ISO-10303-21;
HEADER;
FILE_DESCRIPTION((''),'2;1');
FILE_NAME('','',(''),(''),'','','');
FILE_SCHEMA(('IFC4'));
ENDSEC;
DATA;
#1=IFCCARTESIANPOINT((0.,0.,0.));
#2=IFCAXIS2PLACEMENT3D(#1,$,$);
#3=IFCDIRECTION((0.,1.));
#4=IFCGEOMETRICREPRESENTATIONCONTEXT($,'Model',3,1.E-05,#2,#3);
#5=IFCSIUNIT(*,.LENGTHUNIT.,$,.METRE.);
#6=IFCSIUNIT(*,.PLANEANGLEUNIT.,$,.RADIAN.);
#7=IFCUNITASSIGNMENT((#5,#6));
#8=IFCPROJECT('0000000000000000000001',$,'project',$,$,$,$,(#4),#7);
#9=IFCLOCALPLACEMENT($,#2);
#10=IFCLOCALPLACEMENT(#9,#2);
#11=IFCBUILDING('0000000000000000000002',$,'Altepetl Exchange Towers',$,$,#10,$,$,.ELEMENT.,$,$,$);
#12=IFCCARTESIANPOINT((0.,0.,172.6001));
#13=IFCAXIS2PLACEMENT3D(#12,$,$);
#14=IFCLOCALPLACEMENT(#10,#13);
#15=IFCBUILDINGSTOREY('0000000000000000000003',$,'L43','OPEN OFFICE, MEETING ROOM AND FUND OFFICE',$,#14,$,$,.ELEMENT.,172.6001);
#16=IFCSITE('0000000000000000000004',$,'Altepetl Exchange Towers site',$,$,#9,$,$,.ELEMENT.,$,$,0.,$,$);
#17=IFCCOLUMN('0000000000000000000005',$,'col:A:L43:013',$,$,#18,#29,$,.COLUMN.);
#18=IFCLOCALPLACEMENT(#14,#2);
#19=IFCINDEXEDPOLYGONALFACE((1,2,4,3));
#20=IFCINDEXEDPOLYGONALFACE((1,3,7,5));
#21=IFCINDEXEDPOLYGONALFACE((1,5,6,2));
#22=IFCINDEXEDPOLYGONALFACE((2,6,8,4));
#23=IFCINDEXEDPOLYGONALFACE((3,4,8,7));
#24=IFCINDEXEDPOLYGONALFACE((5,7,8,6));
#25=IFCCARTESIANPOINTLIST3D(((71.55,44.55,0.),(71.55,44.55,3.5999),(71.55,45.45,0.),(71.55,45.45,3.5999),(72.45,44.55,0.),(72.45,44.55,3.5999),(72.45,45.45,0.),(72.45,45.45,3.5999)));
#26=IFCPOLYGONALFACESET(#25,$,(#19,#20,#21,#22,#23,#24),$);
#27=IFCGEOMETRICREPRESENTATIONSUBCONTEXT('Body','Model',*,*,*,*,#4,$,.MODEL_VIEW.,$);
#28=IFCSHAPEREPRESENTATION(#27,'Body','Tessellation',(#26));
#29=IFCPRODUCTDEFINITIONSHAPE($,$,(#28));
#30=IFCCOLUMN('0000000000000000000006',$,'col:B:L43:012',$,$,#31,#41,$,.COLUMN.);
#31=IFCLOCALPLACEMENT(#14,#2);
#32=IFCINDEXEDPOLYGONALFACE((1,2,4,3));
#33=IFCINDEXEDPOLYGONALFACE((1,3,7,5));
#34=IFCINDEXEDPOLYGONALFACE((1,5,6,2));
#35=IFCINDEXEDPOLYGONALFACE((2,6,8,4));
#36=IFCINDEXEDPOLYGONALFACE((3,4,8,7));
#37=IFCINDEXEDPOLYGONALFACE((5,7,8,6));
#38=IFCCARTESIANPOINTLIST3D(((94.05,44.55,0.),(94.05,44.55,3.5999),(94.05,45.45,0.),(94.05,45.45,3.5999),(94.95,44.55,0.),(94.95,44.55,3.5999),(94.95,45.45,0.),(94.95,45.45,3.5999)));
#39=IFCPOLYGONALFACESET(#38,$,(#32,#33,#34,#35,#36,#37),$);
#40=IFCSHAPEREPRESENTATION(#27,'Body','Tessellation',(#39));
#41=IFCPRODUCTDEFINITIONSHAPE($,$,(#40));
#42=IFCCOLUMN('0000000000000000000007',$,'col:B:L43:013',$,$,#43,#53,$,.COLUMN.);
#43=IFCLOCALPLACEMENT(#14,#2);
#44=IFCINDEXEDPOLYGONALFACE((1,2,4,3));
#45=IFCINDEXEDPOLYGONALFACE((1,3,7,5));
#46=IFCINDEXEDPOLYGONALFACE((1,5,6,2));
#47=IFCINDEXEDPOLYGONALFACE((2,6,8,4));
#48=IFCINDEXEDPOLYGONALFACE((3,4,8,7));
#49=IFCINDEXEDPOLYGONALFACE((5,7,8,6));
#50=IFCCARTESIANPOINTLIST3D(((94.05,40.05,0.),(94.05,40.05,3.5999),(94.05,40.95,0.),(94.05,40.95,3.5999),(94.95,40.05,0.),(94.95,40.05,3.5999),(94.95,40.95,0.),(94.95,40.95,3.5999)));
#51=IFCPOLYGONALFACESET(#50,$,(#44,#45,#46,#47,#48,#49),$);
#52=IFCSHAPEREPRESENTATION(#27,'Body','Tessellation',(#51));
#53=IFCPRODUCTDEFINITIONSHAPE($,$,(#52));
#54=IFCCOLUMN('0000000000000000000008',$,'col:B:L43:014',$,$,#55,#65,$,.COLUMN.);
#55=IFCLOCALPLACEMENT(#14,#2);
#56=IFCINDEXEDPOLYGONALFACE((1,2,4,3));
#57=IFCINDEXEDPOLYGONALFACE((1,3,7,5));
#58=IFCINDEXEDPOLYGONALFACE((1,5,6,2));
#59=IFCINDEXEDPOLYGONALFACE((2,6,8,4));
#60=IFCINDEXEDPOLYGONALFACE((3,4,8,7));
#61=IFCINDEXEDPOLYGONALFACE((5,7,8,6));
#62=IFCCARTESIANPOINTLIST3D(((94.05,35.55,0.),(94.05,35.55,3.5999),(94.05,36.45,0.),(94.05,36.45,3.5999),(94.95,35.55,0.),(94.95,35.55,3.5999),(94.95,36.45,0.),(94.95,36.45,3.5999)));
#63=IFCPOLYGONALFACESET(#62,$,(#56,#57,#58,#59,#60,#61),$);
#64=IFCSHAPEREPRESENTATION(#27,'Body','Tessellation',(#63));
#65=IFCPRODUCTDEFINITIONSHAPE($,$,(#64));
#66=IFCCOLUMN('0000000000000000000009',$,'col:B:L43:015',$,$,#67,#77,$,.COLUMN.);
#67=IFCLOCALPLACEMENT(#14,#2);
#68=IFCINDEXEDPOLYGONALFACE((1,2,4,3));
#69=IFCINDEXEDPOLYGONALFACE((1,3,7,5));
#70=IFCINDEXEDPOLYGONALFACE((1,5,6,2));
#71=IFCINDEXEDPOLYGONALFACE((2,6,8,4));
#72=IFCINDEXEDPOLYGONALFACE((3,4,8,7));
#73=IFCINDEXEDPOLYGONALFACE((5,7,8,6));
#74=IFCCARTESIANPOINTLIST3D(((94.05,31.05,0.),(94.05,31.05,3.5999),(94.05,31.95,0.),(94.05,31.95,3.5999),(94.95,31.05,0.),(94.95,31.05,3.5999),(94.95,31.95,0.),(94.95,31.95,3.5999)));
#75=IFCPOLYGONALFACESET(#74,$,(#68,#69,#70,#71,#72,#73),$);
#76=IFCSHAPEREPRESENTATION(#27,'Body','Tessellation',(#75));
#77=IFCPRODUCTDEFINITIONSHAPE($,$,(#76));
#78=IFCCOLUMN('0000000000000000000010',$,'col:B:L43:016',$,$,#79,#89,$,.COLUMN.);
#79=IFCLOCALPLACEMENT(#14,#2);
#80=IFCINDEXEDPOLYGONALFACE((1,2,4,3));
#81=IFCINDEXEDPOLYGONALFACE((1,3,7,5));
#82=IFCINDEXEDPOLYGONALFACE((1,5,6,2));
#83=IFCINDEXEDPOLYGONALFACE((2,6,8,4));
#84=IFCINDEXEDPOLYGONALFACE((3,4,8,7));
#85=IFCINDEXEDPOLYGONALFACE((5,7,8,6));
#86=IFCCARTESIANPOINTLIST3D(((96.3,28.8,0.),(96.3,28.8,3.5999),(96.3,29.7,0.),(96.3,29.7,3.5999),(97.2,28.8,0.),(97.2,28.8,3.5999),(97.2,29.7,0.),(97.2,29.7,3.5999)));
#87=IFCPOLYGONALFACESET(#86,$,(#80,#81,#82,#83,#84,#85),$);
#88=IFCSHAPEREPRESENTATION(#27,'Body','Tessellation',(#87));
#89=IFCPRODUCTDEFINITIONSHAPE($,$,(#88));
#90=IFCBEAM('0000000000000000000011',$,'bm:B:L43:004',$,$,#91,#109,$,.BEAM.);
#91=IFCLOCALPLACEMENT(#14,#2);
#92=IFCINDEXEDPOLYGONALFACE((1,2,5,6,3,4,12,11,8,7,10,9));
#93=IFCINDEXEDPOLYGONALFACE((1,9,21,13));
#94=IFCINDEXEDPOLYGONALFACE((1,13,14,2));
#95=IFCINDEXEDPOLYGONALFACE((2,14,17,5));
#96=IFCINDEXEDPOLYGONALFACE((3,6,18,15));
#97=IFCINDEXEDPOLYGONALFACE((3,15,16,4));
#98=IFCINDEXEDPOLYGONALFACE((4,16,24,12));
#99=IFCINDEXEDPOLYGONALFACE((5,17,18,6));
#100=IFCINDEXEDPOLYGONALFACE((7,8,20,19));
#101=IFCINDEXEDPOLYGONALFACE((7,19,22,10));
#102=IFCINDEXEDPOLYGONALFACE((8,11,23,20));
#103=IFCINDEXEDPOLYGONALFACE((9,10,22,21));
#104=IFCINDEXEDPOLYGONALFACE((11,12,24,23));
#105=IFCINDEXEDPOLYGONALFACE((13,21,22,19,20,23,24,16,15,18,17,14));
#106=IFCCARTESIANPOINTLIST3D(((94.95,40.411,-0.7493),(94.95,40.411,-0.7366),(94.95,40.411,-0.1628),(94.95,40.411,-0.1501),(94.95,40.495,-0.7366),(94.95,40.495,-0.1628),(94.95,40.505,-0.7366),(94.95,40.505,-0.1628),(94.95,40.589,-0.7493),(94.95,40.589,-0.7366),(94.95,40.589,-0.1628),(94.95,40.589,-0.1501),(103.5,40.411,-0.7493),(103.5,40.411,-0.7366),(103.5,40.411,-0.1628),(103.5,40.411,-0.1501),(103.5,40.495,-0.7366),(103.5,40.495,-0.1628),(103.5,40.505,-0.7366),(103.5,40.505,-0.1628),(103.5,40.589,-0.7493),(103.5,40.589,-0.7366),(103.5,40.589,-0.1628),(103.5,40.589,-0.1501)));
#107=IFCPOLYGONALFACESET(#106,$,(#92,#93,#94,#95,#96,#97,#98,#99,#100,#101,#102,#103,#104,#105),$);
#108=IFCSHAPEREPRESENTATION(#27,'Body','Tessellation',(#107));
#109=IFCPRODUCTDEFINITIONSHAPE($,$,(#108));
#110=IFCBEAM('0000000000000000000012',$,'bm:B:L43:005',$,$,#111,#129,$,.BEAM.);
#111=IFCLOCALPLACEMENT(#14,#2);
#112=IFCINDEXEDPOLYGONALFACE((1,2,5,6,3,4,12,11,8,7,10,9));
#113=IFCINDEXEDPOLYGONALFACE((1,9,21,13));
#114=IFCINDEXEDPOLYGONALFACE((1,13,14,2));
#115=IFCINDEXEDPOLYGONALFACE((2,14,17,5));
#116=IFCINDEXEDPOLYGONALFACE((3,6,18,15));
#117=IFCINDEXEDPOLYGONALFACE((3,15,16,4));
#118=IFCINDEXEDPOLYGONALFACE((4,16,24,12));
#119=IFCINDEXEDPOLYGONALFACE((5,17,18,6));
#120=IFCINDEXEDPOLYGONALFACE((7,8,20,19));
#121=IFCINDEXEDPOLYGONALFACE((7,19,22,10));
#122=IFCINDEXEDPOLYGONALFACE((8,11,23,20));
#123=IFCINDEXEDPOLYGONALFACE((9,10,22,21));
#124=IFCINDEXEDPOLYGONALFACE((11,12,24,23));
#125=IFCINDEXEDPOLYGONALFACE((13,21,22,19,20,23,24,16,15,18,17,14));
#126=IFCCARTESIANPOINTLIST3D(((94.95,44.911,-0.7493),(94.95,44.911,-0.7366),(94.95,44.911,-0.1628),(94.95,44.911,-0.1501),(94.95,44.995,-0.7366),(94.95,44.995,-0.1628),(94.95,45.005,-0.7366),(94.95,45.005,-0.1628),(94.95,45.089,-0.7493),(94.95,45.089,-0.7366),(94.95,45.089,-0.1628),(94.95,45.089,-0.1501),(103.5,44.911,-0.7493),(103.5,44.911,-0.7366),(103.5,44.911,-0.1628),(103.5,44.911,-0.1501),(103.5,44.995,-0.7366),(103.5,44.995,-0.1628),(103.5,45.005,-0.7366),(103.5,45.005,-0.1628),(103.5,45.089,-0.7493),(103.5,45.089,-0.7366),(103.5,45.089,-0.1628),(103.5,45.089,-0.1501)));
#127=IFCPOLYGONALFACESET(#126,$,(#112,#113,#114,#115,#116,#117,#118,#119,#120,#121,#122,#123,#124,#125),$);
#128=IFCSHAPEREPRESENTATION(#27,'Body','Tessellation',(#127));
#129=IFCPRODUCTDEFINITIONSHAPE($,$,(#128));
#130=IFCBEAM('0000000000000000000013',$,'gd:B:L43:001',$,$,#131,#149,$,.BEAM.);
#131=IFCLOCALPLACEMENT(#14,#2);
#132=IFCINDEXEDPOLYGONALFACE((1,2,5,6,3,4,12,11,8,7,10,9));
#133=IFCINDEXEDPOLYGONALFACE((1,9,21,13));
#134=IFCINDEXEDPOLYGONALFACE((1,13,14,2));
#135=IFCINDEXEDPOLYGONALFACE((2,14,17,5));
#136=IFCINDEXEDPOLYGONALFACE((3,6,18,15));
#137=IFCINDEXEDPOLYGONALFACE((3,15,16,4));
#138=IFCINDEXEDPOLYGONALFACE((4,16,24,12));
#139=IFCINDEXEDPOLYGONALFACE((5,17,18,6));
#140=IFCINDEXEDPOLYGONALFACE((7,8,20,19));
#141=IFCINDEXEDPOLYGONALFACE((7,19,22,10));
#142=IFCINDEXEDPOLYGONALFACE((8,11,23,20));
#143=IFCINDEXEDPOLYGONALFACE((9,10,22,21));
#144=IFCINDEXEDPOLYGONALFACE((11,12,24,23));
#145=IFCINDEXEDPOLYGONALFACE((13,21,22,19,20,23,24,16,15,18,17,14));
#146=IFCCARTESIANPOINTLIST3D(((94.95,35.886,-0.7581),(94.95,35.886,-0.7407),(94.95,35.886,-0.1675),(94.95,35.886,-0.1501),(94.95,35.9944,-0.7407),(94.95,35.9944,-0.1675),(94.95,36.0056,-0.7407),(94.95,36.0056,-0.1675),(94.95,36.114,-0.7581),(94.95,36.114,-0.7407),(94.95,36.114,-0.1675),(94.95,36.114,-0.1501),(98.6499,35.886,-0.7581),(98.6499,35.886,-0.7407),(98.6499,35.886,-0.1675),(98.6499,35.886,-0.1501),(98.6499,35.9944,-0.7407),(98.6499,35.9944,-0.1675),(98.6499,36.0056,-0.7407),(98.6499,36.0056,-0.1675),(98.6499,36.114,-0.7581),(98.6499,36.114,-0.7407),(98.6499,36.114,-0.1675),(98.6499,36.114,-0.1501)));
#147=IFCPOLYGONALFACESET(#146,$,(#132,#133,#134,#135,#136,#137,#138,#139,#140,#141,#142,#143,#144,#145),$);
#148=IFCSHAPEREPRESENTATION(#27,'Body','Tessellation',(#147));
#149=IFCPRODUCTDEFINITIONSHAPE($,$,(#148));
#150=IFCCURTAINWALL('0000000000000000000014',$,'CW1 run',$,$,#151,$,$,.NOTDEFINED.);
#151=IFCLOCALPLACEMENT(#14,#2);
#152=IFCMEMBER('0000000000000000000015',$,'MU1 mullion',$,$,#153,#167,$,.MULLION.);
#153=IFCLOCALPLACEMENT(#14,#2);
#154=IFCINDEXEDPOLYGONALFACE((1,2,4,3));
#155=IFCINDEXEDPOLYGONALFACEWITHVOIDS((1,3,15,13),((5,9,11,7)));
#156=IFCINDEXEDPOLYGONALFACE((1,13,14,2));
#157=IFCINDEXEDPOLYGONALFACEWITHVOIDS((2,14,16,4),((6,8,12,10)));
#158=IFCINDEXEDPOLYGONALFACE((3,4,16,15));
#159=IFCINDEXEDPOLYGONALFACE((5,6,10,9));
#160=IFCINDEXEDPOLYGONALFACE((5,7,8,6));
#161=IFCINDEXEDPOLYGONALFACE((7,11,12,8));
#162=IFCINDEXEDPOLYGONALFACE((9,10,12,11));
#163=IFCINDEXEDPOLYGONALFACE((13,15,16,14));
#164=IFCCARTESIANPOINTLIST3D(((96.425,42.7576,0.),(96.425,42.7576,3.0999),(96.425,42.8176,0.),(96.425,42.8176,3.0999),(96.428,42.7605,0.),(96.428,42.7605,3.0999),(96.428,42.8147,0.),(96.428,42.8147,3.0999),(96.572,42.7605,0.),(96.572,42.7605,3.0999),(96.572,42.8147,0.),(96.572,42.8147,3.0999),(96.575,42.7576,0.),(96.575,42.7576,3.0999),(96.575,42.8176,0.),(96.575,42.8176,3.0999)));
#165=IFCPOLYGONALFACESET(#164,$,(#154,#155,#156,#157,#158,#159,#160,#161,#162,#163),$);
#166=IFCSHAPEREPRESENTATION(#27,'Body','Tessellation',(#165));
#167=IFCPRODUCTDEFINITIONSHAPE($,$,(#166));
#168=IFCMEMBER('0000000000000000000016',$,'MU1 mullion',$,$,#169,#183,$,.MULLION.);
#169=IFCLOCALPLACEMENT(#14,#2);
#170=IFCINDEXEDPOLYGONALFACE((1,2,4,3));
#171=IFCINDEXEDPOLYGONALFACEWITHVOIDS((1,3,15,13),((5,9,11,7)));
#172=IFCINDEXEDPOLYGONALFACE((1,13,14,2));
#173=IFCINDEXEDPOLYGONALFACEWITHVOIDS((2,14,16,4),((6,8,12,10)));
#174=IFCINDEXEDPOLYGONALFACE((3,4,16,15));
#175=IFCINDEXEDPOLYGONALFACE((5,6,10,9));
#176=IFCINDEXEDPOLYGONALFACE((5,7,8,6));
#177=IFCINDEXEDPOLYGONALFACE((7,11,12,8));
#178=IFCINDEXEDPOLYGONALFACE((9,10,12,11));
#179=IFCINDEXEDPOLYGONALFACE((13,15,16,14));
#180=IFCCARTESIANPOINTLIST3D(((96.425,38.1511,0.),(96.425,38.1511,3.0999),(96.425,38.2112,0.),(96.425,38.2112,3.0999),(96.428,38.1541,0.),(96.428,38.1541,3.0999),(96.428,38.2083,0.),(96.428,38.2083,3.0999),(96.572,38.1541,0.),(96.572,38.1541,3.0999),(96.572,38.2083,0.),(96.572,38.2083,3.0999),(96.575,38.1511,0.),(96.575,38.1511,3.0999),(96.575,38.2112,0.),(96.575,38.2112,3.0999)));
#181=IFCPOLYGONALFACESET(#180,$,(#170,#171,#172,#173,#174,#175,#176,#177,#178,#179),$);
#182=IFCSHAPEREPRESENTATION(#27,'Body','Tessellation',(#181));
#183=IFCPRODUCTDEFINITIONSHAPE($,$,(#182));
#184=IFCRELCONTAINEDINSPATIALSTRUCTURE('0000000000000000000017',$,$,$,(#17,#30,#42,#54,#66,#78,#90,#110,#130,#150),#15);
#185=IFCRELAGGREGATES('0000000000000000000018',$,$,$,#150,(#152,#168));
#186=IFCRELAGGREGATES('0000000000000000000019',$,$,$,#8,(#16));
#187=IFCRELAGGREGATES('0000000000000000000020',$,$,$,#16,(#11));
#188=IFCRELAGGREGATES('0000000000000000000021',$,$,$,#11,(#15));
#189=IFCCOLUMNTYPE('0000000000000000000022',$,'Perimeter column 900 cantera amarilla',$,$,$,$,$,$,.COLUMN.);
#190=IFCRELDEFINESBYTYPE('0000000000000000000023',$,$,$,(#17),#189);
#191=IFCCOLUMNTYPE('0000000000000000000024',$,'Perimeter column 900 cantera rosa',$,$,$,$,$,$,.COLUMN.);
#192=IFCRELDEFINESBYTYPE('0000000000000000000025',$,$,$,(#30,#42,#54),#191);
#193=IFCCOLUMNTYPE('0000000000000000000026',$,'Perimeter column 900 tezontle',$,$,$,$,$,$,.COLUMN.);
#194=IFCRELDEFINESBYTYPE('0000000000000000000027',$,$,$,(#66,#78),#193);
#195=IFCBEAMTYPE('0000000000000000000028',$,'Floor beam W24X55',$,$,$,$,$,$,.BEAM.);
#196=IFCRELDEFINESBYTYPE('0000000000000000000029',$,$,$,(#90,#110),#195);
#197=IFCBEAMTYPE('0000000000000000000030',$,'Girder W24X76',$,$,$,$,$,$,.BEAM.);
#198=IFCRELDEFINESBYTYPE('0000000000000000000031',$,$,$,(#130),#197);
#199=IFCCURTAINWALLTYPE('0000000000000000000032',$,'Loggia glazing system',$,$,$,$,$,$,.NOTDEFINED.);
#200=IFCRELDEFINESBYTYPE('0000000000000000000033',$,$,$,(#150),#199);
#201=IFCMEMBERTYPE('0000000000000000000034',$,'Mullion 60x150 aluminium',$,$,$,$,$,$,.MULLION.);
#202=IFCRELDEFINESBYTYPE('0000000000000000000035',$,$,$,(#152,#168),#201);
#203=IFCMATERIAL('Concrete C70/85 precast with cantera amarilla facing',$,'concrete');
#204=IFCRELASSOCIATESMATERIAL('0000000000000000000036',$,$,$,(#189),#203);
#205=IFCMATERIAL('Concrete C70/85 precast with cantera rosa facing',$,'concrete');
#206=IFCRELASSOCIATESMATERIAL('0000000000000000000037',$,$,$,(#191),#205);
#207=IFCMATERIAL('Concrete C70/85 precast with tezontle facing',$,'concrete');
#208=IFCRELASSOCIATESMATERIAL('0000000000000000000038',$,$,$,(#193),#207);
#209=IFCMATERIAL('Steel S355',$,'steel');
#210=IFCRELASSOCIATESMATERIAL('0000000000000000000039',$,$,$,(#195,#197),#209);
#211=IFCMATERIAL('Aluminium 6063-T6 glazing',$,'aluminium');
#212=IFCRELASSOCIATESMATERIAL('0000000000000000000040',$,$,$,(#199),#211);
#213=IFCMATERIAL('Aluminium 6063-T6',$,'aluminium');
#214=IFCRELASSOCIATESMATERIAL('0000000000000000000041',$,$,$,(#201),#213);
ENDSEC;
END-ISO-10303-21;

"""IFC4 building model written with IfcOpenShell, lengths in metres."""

from ifc_helpers import new_model, si_unit, direction, frame, origin, origin_2d, place, context, subcontext, project, spatial, rectangle, hollow_rectangle, i_section, extrude, material, material_profile, profile_set, type_object, element, aggregate, save


model = new_model("IFC4")

# Units and contexts
model_context = context("Model", 3, precision=1e-05, world=origin(), true_north=direction((0.0, 1.0)))
body_context = subcontext(model_context, "Body", "Model", "MODEL_VIEW")
ifc_project = project(units=[si_unit("LENGTHUNIT", "METRE"), si_unit("PLANEANGLEUNIT", "RADIAN")], contexts=[model_context])

# Site, building, storey
site_placement = place(None, origin())
site = spatial("IfcSite", under=ifc_project, at=site_placement, Name="Altepetl Exchange Towers site", CompositionType="ELEMENT", RefElevation=0.0)
building_placement = place(site_placement, origin())
building = spatial("IfcBuilding", under=site, at=building_placement, Name="Altepetl Exchange Towers", CompositionType="ELEMENT")
storey_placement = place(building_placement, frame((0.0, 0.0, 172.6001)))
storey = spatial("IfcBuildingStorey", under=building, at=storey_placement, Name="L43", Description="OPEN OFFICE, MEETING ROOM AND FUND OFFICE", CompositionType="ELEMENT", Elevation=172.6001)

# Columns
ifc_material_1 = material(Name="Concrete C70/85 precast with cantera amarilla facing", Category="concrete")
ifc_material_profile_1 = material_profile(ifc_material_1, rectangle(XDim=0.8999, YDim=0.8999, at=origin_2d()), Name="900 x 900")
ifc_profile_set_1 = profile_set([ifc_material_profile_1], Name="Concrete C70/85 precast with cantera amarilla facing")
column_type_1 = type_object("IfcColumnType", Name="Perimeter column 900 cantera amarilla", PredefinedType="COLUMN", material=ifc_profile_set_1)
column_placement = place(storey_placement, frame((72.0, 45.0, 0.0)))
element("IfcColumn", 1, at=column_placement, inside=storey, type_object=column_type_1, Name="col:A:L43:013", PredefinedType="COLUMN", context=body_context, shape_type="SweptSolid", body=[
    extrude(rectangle(XDim=0.8999, YDim=0.8999, at=origin_2d()), origin(), (0.0, 0.0, 1.0), 3.5999),
])
ifc_material_2 = material(Name="Concrete C70/85 precast with cantera rosa facing", Category="concrete")
ifc_material_profile_2 = material_profile(ifc_material_2, rectangle(XDim=0.8999, YDim=0.8999, at=origin_2d()), Name="900 x 900")
ifc_profile_set_2 = profile_set([ifc_material_profile_2], Name="Concrete C70/85 precast with cantera rosa facing")
column_type_2 = type_object("IfcColumnType", Name="Perimeter column 900 cantera rosa", PredefinedType="COLUMN", material=ifc_profile_set_2)
for number, where, name in (
    (2, (94.5, 45.0, 0.0), "col:B:L43:012"),
    (3, (94.5, 40.5, 0.0), "col:B:L43:013"),
    (4, (94.5, 36.0, 0.0), "col:B:L43:014"),
):
    element("IfcColumn", number, at=place(storey_placement, frame(where)), inside=storey, type_object=column_type_2, Name=name, PredefinedType="COLUMN", context=body_context, shape_type="SweptSolid", body=[
        extrude(rectangle(XDim=0.8999, YDim=0.8999, at=origin_2d()), origin(), (0.0, 0.0, 1.0), 3.5999),
    ])
ifc_material_3 = material(Name="Concrete C70/85 precast with tezontle facing", Category="concrete")
ifc_material_profile_3 = material_profile(ifc_material_3, rectangle(XDim=0.8999, YDim=0.8999, at=origin_2d()), Name="900 x 900")
ifc_profile_set_3 = profile_set([ifc_material_profile_3], Name="Concrete C70/85 precast with tezontle facing")
column_type_3 = type_object("IfcColumnType", Name="Perimeter column 900 tezontle", PredefinedType="COLUMN", material=ifc_profile_set_3)
for number, where, name in (
    (5, (94.5, 31.5, 0.0), "col:B:L43:015"),
    (6, (96.75, 29.25, 0.0), "col:B:L43:016"),
):
    element("IfcColumn", number, at=place(storey_placement, frame(where)), inside=storey, type_object=column_type_3, Name=name, PredefinedType="COLUMN", context=body_context, shape_type="SweptSolid", body=[
        extrude(rectangle(XDim=0.8999, YDim=0.8999, at=origin_2d()), origin(), (0.0, 0.0, 1.0), 3.5999),
    ])

# Beams
ifc_material_4 = material(Name="Steel S355", Category="steel")
ifc_material_profile_4 = material_profile(ifc_material_4, i_section(OverallWidth=0.178, OverallDepth=0.5991, WebThickness=0.01, FlangeThickness=0.0127, at=origin_2d()), Name="W24X55")
ifc_profile_set_4 = profile_set([ifc_material_profile_4], Name="Steel S355")
beam_type_1 = type_object("IfcBeamType", Name="Floor beam W24X55", PredefinedType="BEAM", material=ifc_profile_set_4)
for number, where, z_axis, x_axis, name in (
    (7, (94.95, 40.5, -0.4497), (1.0, 0.0, 0.0), (0.0, 1.0, 0.0), "bm:B:L43:004"),
    (8, (94.95, 45.0, -0.4497), (1.0, 0.0, 0.0), (0.0, 1.0, 0.0), "bm:B:L43:005"),
):
    element("IfcBeam", number, at=place(storey_placement, frame(where, z_axis=z_axis, x_axis=x_axis)), inside=storey, type_object=beam_type_1, Name=name, PredefinedType="BEAM", context=body_context, shape_type="SweptSolid", body=[
        extrude(i_section(OverallWidth=0.178, OverallDepth=0.5991, WebThickness=0.01, FlangeThickness=0.0127, at=origin_2d()), origin(), (0.0, 0.0, 1.0), 8.55),
    ])
ifc_material_profile_5 = material_profile(ifc_material_4, i_section(OverallWidth=0.228, OverallDepth=0.6079, WebThickness=0.0112, FlangeThickness=0.0173, at=origin_2d()), Name="W24X76")
ifc_profile_set_5 = profile_set([ifc_material_profile_5], Name="Steel S355")
beam_type_2 = type_object("IfcBeamType", Name="Girder W24X76", PredefinedType="BEAM", material=ifc_profile_set_5)
beam_1_placement = place(storey_placement, frame((98.6499, 36.0, -0.4541), z_axis=(-1.0, 0.0, 0.0), x_axis=(0.0, -1.0, 0.0)))
element("IfcBeam", 9, at=beam_1_placement, inside=storey, type_object=beam_type_2, Name="gd:B:L43:001", PredefinedType="BEAM", context=body_context, shape_type="SweptSolid", body=[
    extrude(i_section(OverallWidth=0.228, OverallDepth=0.6079, WebThickness=0.0112, FlangeThickness=0.0173, at=origin_2d()), origin(), (0.0, 0.0, 1.0), 3.7),
])

# Curtain wall, members
ifc_material_5 = material(Name="Aluminium 6063-T6 glazing", Category="aluminium")
curtain_wall_type = type_object("IfcCurtainWallType", Name="Loggia glazing system", PredefinedType="NOTDEFINED", material=ifc_material_5)
curtain_wall_1_placement = place(storey_placement, origin())
curtain_wall_1 = element("IfcCurtainWall", 10, at=curtain_wall_1_placement, inside=storey, type_object=curtain_wall_type, Name="CW1 run", PredefinedType="NOTDEFINED")
ifc_material_6 = material(Name="Aluminium 6063-T6", Category="aluminium")
ifc_material_profile_6 = material_profile(ifc_material_6, hollow_rectangle(XDim=0.0601, YDim=0.1499, WallThickness=0.0029, at=origin_2d()), Name="Mullion 60x150 aluminium")
ifc_profile_set_6 = profile_set([ifc_material_profile_6], Name="Aluminium 6063-T6")
member_type = type_object("IfcMemberType", Name="Mullion 60x150 aluminium", PredefinedType="MULLION", material=ifc_profile_set_6)
member_1_placement = place(storey_placement, frame((96.5, 42.7876, 0.0), z_axis=(0.0, 0.0, 1.0), x_axis=(0.0, -1.0, 0.0)))
member_1 = element("IfcMember", 11, at=member_1_placement, type_object=member_type, Name="MU1 mullion", PredefinedType="MULLION", context=body_context, shape_type="SweptSolid", body=[
    extrude(hollow_rectangle(XDim=0.0601, YDim=0.1499, WallThickness=0.0029, at=origin_2d()), origin(), (0.0, 0.0, 1.0), 3.0999),
])
member_2_placement = place(storey_placement, frame((96.5, 38.1812, 0.0), z_axis=(0.0, 0.0, 1.0), x_axis=(0.0, -1.0, 0.0)))
member_2 = element("IfcMember", 12, at=member_2_placement, type_object=member_type, Name="MU1 mullion", PredefinedType="MULLION", context=body_context, shape_type="SweptSolid", body=[
    extrude(hollow_rectangle(XDim=0.0601, YDim=0.1499, WallThickness=0.0029, at=origin_2d()), origin(), (0.0, 0.0, 1.0), 3.0999),
])

aggregate(curtain_wall_1, [member_1, member_2])

save(model, "model.ifc")
